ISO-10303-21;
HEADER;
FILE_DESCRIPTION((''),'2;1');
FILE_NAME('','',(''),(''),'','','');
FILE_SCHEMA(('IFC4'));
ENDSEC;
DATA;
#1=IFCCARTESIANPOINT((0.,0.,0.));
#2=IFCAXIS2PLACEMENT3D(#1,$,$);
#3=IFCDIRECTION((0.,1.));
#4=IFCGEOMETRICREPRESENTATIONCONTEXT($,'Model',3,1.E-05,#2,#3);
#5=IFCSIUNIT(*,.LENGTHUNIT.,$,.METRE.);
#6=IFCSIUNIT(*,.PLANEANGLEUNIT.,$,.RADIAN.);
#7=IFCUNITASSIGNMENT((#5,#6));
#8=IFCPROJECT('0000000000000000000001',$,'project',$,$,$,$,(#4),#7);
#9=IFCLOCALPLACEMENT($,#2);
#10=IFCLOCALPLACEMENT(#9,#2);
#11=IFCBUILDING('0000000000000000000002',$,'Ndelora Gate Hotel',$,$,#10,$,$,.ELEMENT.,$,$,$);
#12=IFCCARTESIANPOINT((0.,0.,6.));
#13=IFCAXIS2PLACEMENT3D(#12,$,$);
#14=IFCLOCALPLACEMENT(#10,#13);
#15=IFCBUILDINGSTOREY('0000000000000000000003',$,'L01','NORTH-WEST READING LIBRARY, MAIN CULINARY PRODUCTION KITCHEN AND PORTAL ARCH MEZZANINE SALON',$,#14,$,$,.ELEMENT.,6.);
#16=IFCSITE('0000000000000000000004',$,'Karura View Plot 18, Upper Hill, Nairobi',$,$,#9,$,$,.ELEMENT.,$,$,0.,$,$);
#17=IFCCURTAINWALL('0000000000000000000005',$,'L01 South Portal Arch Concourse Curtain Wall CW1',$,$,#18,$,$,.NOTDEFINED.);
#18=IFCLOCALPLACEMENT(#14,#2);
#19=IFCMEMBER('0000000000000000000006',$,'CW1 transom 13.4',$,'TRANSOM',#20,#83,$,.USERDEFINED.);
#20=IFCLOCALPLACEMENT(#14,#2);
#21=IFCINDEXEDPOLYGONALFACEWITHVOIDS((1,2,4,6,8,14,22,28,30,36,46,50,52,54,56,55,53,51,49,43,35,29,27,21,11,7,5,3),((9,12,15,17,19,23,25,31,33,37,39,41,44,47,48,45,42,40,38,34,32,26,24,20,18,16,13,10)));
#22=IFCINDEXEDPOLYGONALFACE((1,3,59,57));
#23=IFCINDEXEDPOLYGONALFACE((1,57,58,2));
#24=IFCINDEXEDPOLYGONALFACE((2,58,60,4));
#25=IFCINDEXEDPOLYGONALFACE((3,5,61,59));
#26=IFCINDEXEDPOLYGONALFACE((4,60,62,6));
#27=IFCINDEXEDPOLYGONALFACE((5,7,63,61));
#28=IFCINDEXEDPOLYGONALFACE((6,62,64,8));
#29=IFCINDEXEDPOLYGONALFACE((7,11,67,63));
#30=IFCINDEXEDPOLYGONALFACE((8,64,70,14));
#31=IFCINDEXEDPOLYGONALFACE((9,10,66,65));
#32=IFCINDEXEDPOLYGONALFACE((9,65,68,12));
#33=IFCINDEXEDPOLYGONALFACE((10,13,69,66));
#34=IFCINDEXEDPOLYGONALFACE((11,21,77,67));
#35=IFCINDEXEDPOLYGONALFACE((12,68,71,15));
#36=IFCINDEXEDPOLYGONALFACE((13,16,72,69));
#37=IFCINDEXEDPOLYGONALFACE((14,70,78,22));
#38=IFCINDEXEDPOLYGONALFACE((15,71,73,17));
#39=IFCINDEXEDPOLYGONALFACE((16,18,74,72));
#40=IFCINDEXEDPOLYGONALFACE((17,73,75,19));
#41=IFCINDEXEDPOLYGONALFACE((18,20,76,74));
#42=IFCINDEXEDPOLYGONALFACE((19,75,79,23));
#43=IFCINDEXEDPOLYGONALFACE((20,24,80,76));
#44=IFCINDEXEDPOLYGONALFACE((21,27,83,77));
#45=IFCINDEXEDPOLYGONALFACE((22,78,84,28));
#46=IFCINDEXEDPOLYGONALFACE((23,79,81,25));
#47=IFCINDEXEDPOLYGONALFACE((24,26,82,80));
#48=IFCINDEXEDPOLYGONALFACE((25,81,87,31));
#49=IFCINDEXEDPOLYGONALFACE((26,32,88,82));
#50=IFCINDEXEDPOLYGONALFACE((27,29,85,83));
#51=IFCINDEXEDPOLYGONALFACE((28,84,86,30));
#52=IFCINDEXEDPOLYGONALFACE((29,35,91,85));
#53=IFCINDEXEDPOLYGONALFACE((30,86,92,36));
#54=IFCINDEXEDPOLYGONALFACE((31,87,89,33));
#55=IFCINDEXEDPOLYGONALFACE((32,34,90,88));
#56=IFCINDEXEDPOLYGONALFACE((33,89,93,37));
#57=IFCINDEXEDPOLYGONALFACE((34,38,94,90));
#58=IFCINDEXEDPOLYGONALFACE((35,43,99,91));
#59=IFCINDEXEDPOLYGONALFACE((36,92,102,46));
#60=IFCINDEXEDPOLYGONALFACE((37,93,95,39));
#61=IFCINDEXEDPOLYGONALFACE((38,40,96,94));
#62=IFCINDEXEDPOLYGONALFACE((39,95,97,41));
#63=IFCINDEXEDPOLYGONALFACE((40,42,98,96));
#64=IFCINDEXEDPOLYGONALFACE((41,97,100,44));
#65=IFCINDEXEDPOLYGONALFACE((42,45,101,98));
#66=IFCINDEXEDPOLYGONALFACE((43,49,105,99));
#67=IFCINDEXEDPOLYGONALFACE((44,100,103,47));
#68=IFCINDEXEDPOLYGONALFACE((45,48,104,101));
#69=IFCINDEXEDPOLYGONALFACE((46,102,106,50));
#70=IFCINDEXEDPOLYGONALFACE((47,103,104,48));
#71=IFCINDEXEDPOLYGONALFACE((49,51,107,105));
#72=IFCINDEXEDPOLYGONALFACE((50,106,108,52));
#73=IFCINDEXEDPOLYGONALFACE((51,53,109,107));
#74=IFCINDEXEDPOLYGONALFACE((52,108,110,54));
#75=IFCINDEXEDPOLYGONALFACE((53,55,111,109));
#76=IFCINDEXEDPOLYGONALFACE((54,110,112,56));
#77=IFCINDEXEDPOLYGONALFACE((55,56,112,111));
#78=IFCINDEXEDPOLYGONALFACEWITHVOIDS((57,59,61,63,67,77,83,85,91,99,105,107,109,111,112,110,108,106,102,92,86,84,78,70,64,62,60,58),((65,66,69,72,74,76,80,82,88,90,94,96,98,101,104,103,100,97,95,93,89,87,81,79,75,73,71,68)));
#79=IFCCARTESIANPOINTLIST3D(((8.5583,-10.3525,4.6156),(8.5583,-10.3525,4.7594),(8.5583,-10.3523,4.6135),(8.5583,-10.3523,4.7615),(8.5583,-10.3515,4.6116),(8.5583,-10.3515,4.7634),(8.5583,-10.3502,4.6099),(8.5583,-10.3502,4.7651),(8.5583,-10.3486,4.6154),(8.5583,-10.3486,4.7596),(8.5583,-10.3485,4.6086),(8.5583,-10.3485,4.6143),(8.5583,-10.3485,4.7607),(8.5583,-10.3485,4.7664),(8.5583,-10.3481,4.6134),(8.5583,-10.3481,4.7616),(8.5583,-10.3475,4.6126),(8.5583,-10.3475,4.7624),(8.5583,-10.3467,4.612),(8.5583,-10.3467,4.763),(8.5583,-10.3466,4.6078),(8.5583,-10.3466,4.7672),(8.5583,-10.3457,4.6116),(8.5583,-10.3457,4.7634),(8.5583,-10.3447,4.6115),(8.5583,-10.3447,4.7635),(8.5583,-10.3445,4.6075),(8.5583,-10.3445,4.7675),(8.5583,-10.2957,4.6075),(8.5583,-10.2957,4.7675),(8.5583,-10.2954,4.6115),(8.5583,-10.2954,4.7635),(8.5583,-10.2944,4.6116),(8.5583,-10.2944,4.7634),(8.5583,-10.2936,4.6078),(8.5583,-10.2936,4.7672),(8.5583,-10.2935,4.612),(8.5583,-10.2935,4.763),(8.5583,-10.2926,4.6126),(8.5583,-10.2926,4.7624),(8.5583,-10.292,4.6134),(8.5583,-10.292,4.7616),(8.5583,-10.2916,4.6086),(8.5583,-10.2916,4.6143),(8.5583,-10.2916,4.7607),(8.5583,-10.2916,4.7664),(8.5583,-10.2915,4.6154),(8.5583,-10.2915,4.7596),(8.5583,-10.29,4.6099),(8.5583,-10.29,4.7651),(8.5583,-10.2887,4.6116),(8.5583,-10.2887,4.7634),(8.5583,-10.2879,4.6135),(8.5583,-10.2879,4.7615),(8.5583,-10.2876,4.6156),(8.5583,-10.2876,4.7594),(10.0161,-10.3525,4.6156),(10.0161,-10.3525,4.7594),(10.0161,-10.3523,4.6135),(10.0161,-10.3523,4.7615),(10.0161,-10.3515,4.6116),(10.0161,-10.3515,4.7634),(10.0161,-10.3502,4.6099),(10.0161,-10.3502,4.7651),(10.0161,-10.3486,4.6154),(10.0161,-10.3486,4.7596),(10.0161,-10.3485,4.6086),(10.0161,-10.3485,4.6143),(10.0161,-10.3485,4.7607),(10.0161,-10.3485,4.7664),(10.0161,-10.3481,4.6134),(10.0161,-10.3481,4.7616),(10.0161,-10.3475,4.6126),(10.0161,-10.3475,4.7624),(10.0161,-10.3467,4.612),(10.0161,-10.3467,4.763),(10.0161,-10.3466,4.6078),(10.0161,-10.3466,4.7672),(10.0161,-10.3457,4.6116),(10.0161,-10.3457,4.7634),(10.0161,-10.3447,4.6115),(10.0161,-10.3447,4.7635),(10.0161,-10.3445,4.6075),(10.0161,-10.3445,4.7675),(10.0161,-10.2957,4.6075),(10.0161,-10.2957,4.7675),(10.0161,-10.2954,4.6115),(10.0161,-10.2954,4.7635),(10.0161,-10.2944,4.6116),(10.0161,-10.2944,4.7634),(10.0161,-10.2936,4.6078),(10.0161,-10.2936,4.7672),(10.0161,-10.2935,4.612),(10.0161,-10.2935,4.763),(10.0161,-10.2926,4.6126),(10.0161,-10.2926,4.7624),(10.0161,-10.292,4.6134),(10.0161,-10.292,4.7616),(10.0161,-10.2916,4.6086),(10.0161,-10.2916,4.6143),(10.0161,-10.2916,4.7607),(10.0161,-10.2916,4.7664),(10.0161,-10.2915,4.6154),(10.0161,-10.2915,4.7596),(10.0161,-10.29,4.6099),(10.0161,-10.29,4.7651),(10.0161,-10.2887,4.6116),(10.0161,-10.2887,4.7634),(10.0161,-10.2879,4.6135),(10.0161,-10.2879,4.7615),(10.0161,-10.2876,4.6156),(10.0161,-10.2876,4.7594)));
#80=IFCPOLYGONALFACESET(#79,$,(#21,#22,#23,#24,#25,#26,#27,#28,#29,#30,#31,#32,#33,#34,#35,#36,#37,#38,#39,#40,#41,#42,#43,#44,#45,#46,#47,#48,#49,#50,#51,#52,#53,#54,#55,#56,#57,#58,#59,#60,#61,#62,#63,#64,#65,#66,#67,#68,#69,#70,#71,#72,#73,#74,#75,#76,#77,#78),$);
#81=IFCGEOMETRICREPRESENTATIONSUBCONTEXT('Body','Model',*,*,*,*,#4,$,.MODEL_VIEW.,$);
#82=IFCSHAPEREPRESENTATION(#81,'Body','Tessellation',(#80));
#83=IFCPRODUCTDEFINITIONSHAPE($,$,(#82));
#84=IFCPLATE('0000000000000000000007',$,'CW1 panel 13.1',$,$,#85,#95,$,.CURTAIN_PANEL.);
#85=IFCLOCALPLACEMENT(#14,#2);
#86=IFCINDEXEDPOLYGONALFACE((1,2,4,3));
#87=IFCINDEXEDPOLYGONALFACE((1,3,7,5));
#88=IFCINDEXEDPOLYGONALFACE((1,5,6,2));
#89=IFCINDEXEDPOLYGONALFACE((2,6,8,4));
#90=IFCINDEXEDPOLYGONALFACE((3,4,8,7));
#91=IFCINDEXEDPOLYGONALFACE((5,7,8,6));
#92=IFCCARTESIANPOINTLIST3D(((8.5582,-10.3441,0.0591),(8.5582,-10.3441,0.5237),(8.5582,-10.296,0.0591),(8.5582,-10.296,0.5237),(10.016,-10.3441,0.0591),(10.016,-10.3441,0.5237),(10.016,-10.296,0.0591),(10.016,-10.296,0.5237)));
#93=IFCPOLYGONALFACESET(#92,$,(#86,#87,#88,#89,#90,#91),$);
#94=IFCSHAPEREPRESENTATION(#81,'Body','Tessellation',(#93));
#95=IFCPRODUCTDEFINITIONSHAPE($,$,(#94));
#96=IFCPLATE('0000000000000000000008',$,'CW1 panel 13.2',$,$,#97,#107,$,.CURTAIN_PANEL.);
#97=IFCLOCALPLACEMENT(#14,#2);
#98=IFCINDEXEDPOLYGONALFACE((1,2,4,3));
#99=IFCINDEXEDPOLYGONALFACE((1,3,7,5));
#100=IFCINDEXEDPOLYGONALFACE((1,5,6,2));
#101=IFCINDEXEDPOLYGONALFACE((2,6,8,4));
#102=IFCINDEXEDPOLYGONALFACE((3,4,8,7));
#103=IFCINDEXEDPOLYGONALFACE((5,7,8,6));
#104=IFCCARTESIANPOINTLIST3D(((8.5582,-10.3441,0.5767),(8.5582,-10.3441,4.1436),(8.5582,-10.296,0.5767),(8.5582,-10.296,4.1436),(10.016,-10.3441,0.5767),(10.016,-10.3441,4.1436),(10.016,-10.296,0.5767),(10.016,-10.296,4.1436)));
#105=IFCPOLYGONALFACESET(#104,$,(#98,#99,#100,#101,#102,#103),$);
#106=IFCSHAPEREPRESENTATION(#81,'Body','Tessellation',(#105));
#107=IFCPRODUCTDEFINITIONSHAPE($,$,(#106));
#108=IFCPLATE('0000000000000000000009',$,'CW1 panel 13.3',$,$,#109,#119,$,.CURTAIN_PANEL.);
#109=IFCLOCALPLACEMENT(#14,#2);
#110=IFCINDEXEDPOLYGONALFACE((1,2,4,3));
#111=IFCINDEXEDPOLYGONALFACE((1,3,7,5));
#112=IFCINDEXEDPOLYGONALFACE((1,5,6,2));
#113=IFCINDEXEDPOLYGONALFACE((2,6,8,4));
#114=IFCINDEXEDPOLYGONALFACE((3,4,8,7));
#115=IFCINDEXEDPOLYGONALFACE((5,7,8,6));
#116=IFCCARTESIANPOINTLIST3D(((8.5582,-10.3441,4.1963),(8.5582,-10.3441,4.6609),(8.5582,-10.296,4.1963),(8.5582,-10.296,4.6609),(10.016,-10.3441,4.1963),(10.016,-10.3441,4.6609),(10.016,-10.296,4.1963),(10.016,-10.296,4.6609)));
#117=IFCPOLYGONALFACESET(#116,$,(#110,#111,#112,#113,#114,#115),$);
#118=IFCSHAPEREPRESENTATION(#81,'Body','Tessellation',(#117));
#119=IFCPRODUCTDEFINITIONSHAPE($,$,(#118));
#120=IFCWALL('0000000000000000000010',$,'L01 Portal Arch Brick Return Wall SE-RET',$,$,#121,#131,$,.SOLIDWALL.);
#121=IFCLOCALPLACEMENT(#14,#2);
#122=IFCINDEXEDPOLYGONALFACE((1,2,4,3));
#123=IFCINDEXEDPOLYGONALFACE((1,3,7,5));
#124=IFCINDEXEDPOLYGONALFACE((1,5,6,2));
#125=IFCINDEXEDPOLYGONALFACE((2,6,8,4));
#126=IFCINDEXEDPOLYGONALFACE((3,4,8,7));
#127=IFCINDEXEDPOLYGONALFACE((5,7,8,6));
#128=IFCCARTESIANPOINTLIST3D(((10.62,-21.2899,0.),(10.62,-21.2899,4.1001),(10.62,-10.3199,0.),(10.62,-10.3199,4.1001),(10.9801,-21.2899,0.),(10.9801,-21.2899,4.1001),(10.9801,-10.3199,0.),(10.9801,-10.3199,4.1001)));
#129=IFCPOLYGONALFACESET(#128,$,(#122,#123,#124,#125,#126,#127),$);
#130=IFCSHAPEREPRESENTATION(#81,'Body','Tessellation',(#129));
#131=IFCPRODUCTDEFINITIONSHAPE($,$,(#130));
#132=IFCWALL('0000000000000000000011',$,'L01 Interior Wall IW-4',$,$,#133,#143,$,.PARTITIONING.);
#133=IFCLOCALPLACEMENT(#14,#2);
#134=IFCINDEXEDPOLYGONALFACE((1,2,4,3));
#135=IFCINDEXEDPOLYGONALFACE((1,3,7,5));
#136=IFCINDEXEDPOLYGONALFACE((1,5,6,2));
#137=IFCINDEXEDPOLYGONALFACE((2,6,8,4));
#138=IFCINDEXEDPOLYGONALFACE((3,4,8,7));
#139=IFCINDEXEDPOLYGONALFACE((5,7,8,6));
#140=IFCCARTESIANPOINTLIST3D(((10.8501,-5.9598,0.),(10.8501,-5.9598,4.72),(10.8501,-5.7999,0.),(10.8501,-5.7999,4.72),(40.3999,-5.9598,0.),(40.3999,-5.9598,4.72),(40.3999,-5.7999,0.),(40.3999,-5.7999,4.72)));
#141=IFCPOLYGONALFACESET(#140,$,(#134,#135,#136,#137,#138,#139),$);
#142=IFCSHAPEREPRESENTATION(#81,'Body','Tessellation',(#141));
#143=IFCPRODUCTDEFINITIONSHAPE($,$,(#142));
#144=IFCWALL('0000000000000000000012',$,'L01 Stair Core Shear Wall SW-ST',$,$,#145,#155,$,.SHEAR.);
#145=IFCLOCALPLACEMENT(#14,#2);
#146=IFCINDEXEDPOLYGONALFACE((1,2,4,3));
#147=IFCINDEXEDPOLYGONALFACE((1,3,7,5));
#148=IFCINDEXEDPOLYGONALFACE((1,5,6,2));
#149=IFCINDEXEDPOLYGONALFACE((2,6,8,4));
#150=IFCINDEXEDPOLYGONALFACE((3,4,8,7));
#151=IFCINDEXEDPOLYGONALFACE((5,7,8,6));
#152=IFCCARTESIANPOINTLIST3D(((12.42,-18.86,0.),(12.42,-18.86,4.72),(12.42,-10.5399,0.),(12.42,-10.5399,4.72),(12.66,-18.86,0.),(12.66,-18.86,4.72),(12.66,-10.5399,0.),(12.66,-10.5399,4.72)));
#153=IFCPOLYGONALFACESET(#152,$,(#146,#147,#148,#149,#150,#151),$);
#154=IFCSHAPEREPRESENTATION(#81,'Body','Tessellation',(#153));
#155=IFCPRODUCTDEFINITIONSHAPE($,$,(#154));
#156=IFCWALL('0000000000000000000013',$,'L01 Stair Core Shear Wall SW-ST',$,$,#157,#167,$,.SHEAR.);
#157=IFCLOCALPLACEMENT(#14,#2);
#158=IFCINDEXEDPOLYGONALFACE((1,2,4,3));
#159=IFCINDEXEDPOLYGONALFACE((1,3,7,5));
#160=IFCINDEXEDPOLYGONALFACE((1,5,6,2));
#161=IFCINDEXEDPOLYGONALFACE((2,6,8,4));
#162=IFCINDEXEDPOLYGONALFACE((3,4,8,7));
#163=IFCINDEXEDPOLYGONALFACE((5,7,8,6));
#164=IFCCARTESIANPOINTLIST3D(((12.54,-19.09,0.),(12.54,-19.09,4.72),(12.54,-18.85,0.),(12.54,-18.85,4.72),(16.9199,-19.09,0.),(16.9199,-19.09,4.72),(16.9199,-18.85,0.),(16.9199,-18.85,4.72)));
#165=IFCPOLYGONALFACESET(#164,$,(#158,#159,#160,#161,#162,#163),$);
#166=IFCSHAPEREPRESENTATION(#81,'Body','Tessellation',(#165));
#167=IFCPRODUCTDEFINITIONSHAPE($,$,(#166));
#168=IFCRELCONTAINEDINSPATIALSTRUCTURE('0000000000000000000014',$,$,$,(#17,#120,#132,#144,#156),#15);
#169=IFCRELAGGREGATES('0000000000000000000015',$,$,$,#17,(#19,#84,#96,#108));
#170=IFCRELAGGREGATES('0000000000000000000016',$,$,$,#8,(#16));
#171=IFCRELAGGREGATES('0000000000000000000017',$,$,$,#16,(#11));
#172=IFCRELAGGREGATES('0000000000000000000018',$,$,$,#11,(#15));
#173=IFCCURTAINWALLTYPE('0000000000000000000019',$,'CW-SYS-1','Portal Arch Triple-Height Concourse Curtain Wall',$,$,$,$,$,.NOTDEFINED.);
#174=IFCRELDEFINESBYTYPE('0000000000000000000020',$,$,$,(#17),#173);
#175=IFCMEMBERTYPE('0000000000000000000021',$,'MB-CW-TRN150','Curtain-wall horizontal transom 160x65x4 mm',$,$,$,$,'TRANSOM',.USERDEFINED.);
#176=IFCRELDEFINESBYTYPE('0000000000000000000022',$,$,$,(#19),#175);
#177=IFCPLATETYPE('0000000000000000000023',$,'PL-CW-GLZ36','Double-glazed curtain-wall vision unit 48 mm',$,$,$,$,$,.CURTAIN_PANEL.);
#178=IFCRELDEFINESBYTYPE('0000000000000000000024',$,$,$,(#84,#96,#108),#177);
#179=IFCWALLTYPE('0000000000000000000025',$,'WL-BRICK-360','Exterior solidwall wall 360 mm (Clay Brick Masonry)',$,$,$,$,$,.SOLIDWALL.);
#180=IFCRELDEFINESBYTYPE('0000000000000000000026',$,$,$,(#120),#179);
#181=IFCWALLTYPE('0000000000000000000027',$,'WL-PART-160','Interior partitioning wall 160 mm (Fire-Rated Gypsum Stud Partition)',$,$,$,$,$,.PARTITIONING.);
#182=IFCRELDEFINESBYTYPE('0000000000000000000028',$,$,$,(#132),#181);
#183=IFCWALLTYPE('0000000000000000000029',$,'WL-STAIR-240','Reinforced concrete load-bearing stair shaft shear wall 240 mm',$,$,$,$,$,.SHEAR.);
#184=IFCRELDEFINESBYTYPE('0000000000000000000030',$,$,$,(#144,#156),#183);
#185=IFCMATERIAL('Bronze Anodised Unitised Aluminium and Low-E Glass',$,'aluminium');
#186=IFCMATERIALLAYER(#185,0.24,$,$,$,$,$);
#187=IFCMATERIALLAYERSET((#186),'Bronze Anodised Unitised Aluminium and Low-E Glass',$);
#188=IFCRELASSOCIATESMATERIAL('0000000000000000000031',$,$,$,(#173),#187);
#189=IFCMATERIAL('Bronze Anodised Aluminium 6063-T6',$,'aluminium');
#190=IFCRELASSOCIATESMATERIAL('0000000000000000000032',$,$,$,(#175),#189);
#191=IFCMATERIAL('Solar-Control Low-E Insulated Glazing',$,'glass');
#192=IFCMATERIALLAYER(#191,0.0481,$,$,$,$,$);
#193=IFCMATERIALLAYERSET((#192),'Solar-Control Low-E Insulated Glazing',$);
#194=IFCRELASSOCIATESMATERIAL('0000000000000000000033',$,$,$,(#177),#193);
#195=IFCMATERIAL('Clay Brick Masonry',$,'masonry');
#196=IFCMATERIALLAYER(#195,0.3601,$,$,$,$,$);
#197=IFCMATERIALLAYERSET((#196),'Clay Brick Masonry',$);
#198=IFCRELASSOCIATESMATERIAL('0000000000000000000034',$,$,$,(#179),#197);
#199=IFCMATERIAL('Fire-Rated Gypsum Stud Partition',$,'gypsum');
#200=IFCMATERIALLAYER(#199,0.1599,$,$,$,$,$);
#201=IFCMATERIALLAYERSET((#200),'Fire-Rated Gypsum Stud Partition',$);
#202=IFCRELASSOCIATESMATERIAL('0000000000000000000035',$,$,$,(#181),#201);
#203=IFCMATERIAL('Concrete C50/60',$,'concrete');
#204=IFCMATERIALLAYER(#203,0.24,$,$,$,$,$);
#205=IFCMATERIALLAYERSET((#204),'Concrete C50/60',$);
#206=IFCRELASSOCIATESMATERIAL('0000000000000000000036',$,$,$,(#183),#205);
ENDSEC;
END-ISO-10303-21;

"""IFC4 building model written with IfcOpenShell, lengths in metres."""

from ifc_helpers import new_model, si_unit, direction, frame, frame_2d, origin, origin_2d, place, context, subcontext, project, spatial, rectangle, hollow_rectangle, extrude, material, layer, layer_set, material_profile, profile_set, type_object, element, aggregate, save


model = new_model("IFC4")

# Units and contexts
model_context = context("Model", 3, precision=1e-05, world=origin(), true_north=direction((0.0, 1.0)))
body_context = subcontext(model_context, "Body", "Model", "MODEL_VIEW")
ifc_project = project(units=[si_unit("LENGTHUNIT", "METRE"), si_unit("PLANEANGLEUNIT", "RADIAN")], contexts=[model_context])

# Site, building, storey
site_placement = place(None, origin())
site = spatial("IfcSite", under=ifc_project, at=site_placement, Name="Karura View Plot 18, Upper Hill, Nairobi", CompositionType="ELEMENT", RefElevation=0.0)
building_placement = place(site_placement, origin())
building = spatial("IfcBuilding", under=site, at=building_placement, Name="Ndelora Gate Hotel", CompositionType="ELEMENT")
storey_placement = place(building_placement, frame((0.0, 0.0, 6.0)))
storey = spatial("IfcBuildingStorey", under=building, at=storey_placement, Name="L01", Description="NORTH-WEST READING LIBRARY, MAIN CULINARY PRODUCTION KITCHEN AND PORTAL ARCH MEZZANINE SALON", CompositionType="ELEMENT", Elevation=6.0)

# Curtain wall, member, plates
ifc_material_1 = material(Name="Bronze Anodised Unitised Aluminium and Low-E Glass", Category="aluminium")
ifc_layer_1 = layer(ifc_material_1, 0.24)
ifc_layer_set_1 = layer_set([ifc_layer_1], Name="Bronze Anodised Unitised Aluminium and Low-E Glass")
curtain_wall_type = type_object("IfcCurtainWallType", Name="CW-SYS-1", Description="Portal Arch Triple-Height Concourse Curtain Wall", PredefinedType="NOTDEFINED", material=ifc_layer_set_1)
curtain_wall_placement = place(storey_placement, origin())
curtain_wall = element("IfcCurtainWall", 1, at=curtain_wall_placement, inside=storey, type_object=curtain_wall_type, Name="L01 South Portal Arch Concourse Curtain Wall CW1", PredefinedType="NOTDEFINED")
ifc_material_2 = material(Name="Bronze Anodised Aluminium 6063-T6", Category="aluminium")
ifc_material_profile_1 = material_profile(ifc_material_2, hollow_rectangle(XDim=0.0649, YDim=0.1599, WallThickness=0.0039, InnerFilletRadius=0.0039, OuterFilletRadius=0.0081, at=origin_2d()), Name="ALU 160x65x4")
ifc_profile_set_1 = profile_set([ifc_material_profile_1], Name="Bronze Anodised Aluminium 6063-T6")
member_type_1 = type_object("IfcMemberType", Name="MB-CW-TRN150", Description="Curtain-wall horizontal transom 160x65x4 mm", ElementType="TRANSOM", PredefinedType="USERDEFINED", material=ifc_profile_set_1)
member_1_placement = place(storey_placement, frame((8.5583, -10.3201, 4.6875), z_axis=(1.0, 0.0, 0.0), x_axis=(0.0, 1.0, 0.0)))
member_1 = element("IfcMember", 2, at=member_1_placement, type_object=member_type_1, Name="CW1 transom 13.4", ObjectType="TRANSOM", PredefinedType="USERDEFINED", context=body_context, shape_type="SweptSolid", body=[
    extrude(hollow_rectangle(XDim=0.0649, YDim=0.1599, WallThickness=0.0039, InnerFilletRadius=0.0039, OuterFilletRadius=0.0081, at=origin_2d()), origin(), (0.0, 0.0, 1.0), 1.4578),
])
ifc_material_3 = material(Name="Solar-Control Low-E Insulated Glazing", Category="glass")
ifc_layer_2 = layer(ifc_material_3, 0.0481)
ifc_layer_set_2 = layer_set([ifc_layer_2], Name="Solar-Control Low-E Insulated Glazing")
plate_type = type_object("IfcPlateType", Name="PL-CW-GLZ36", Description="Double-glazed curtain-wall vision unit 48 mm", PredefinedType="CURTAIN_PANEL", material=ifc_layer_set_2)
plate_1_placement = place(storey_placement, frame((9.2871, -10.3201, 0.0591), z_axis=(0.0, 0.0, 1.0), x_axis=(1.0, 0.0, 0.0)))
plate_1 = element("IfcPlate", 3, at=plate_1_placement, type_object=plate_type, Name="CW1 panel 13.1", PredefinedType="CURTAIN_PANEL", context=body_context, shape_type="SweptSolid", body=[
    extrude(rectangle(XDim=1.4578, YDim=0.0481, at=origin_2d()), origin(), (0.0, 0.0, 1.0), 0.4646),
])
plate_2_placement = place(storey_placement, frame((9.2871, -10.3201, 0.5767), z_axis=(0.0, 0.0, 1.0), x_axis=(1.0, 0.0, 0.0)))
plate_2 = element("IfcPlate", 4, at=plate_2_placement, type_object=plate_type, Name="CW1 panel 13.2", PredefinedType="CURTAIN_PANEL", context=body_context, shape_type="SweptSolid", body=[
    extrude(rectangle(XDim=1.4578, YDim=0.0481, at=origin_2d()), origin(), (0.0, 0.0, 1.0), 3.5669),
])
plate_3_placement = place(storey_placement, frame((9.2871, -10.3201, 4.1963), z_axis=(0.0, 0.0, 1.0), x_axis=(1.0, 0.0, 0.0)))
plate_3 = element("IfcPlate", 5, at=plate_3_placement, type_object=plate_type, Name="CW1 panel 13.3", PredefinedType="CURTAIN_PANEL", context=body_context, shape_type="SweptSolid", body=[
    extrude(rectangle(XDim=1.4578, YDim=0.0481, at=origin_2d()), origin(), (0.0, 0.0, 1.0), 0.4646),
])
aggregate(curtain_wall, [member_1, plate_1, plate_2, plate_3])

# Walls
ifc_material_4 = material(Name="Clay Brick Masonry", Category="masonry")
ifc_layer_3 = layer(ifc_material_4, 0.3601)
ifc_layer_set_3 = layer_set([ifc_layer_3], Name="Clay Brick Masonry")
wall_type_1 = type_object("IfcWallType", Name="WL-BRICK-360", Description="Exterior solidwall wall 360 mm (Clay Brick Masonry)", PredefinedType="SOLIDWALL", material=ifc_layer_set_3)
wall_1_placement = place(storey_placement, frame((10.8, -10.3201, 0.0), z_axis=(0.0, 0.0, 1.0), x_axis=(0.0, -1.0, 0.0)))
element("IfcWall", 6, at=wall_1_placement, inside=storey, type_object=wall_type_1, Name="L01 Portal Arch Brick Return Wall SE-RET", PredefinedType="SOLIDWALL", context=body_context, shape_type="SweptSolid", body=[
    extrude(rectangle(XDim=10.97, YDim=0.3601, at=frame_2d((5.4849, 0.0))), origin(), (0.0, 0.0, 1.0), 4.1001),
])
ifc_material_5 = material(Name="Fire-Rated Gypsum Stud Partition", Category="gypsum")
ifc_layer_4 = layer(ifc_material_5, 0.1599)
ifc_layer_set_4 = layer_set([ifc_layer_4], Name="Fire-Rated Gypsum Stud Partition")
wall_type_2 = type_object("IfcWallType", Name="WL-PART-160", Description="Interior partitioning wall 160 mm (Fire-Rated Gypsum Stud Partition)", PredefinedType="PARTITIONING", material=ifc_layer_set_4)
wall_2_placement = place(storey_placement, frame((10.8501, -5.8799, 0.0), z_axis=(0.0, 0.0, 1.0), x_axis=(1.0, 0.0, 0.0)))
element("IfcWall", 7, at=wall_2_placement, inside=storey, type_object=wall_type_2, Name="L01 Interior Wall IW-4", PredefinedType="PARTITIONING", context=body_context, shape_type="SweptSolid", body=[
    extrude(rectangle(XDim=29.5498, YDim=0.1599, at=frame_2d((14.7749, 0.0))), origin(), (0.0, 0.0, 1.0), 4.72),
])
ifc_material_6 = material(Name="Concrete C50/60", Category="concrete")
ifc_layer_5 = layer(ifc_material_6, 0.24)
ifc_layer_set_5 = layer_set([ifc_layer_5], Name="Concrete C50/60")
wall_type_3 = type_object("IfcWallType", Name="WL-STAIR-240", Description="Reinforced concrete load-bearing stair shaft shear wall 240 mm", PredefinedType="SHEAR", material=ifc_layer_set_5)
wall_3_placement = place(storey_placement, frame((12.54, -18.8601, 0.0), z_axis=(0.0, 0.0, 1.0), x_axis=(0.0, 1.0, 0.0)))
element("IfcWall", 8, at=wall_3_placement, inside=storey, type_object=wall_type_3, Name="L01 Stair Core Shear Wall SW-ST", PredefinedType="SHEAR", context=body_context, shape_type="SweptSolid", body=[
    extrude(rectangle(XDim=8.3201, YDim=0.24, at=frame_2d((4.1602, 0.0))), origin(), (0.0, 0.0, 1.0), 4.72),
])
wall_4_placement = place(storey_placement, frame((12.54, -18.97, 0.0), z_axis=(0.0, 0.0, 1.0), x_axis=(1.0, 0.0, 0.0)))
element("IfcWall", 9, at=wall_4_placement, inside=storey, type_object=wall_type_3, Name="L01 Stair Core Shear Wall SW-ST", PredefinedType="SHEAR", context=body_context, shape_type="SweptSolid", body=[
    extrude(rectangle(XDim=4.3799, YDim=0.24, at=frame_2d((2.1899, 0.0))), origin(), (0.0, 0.0, 1.0), 4.72),
])

save(model, "model.ifc")
